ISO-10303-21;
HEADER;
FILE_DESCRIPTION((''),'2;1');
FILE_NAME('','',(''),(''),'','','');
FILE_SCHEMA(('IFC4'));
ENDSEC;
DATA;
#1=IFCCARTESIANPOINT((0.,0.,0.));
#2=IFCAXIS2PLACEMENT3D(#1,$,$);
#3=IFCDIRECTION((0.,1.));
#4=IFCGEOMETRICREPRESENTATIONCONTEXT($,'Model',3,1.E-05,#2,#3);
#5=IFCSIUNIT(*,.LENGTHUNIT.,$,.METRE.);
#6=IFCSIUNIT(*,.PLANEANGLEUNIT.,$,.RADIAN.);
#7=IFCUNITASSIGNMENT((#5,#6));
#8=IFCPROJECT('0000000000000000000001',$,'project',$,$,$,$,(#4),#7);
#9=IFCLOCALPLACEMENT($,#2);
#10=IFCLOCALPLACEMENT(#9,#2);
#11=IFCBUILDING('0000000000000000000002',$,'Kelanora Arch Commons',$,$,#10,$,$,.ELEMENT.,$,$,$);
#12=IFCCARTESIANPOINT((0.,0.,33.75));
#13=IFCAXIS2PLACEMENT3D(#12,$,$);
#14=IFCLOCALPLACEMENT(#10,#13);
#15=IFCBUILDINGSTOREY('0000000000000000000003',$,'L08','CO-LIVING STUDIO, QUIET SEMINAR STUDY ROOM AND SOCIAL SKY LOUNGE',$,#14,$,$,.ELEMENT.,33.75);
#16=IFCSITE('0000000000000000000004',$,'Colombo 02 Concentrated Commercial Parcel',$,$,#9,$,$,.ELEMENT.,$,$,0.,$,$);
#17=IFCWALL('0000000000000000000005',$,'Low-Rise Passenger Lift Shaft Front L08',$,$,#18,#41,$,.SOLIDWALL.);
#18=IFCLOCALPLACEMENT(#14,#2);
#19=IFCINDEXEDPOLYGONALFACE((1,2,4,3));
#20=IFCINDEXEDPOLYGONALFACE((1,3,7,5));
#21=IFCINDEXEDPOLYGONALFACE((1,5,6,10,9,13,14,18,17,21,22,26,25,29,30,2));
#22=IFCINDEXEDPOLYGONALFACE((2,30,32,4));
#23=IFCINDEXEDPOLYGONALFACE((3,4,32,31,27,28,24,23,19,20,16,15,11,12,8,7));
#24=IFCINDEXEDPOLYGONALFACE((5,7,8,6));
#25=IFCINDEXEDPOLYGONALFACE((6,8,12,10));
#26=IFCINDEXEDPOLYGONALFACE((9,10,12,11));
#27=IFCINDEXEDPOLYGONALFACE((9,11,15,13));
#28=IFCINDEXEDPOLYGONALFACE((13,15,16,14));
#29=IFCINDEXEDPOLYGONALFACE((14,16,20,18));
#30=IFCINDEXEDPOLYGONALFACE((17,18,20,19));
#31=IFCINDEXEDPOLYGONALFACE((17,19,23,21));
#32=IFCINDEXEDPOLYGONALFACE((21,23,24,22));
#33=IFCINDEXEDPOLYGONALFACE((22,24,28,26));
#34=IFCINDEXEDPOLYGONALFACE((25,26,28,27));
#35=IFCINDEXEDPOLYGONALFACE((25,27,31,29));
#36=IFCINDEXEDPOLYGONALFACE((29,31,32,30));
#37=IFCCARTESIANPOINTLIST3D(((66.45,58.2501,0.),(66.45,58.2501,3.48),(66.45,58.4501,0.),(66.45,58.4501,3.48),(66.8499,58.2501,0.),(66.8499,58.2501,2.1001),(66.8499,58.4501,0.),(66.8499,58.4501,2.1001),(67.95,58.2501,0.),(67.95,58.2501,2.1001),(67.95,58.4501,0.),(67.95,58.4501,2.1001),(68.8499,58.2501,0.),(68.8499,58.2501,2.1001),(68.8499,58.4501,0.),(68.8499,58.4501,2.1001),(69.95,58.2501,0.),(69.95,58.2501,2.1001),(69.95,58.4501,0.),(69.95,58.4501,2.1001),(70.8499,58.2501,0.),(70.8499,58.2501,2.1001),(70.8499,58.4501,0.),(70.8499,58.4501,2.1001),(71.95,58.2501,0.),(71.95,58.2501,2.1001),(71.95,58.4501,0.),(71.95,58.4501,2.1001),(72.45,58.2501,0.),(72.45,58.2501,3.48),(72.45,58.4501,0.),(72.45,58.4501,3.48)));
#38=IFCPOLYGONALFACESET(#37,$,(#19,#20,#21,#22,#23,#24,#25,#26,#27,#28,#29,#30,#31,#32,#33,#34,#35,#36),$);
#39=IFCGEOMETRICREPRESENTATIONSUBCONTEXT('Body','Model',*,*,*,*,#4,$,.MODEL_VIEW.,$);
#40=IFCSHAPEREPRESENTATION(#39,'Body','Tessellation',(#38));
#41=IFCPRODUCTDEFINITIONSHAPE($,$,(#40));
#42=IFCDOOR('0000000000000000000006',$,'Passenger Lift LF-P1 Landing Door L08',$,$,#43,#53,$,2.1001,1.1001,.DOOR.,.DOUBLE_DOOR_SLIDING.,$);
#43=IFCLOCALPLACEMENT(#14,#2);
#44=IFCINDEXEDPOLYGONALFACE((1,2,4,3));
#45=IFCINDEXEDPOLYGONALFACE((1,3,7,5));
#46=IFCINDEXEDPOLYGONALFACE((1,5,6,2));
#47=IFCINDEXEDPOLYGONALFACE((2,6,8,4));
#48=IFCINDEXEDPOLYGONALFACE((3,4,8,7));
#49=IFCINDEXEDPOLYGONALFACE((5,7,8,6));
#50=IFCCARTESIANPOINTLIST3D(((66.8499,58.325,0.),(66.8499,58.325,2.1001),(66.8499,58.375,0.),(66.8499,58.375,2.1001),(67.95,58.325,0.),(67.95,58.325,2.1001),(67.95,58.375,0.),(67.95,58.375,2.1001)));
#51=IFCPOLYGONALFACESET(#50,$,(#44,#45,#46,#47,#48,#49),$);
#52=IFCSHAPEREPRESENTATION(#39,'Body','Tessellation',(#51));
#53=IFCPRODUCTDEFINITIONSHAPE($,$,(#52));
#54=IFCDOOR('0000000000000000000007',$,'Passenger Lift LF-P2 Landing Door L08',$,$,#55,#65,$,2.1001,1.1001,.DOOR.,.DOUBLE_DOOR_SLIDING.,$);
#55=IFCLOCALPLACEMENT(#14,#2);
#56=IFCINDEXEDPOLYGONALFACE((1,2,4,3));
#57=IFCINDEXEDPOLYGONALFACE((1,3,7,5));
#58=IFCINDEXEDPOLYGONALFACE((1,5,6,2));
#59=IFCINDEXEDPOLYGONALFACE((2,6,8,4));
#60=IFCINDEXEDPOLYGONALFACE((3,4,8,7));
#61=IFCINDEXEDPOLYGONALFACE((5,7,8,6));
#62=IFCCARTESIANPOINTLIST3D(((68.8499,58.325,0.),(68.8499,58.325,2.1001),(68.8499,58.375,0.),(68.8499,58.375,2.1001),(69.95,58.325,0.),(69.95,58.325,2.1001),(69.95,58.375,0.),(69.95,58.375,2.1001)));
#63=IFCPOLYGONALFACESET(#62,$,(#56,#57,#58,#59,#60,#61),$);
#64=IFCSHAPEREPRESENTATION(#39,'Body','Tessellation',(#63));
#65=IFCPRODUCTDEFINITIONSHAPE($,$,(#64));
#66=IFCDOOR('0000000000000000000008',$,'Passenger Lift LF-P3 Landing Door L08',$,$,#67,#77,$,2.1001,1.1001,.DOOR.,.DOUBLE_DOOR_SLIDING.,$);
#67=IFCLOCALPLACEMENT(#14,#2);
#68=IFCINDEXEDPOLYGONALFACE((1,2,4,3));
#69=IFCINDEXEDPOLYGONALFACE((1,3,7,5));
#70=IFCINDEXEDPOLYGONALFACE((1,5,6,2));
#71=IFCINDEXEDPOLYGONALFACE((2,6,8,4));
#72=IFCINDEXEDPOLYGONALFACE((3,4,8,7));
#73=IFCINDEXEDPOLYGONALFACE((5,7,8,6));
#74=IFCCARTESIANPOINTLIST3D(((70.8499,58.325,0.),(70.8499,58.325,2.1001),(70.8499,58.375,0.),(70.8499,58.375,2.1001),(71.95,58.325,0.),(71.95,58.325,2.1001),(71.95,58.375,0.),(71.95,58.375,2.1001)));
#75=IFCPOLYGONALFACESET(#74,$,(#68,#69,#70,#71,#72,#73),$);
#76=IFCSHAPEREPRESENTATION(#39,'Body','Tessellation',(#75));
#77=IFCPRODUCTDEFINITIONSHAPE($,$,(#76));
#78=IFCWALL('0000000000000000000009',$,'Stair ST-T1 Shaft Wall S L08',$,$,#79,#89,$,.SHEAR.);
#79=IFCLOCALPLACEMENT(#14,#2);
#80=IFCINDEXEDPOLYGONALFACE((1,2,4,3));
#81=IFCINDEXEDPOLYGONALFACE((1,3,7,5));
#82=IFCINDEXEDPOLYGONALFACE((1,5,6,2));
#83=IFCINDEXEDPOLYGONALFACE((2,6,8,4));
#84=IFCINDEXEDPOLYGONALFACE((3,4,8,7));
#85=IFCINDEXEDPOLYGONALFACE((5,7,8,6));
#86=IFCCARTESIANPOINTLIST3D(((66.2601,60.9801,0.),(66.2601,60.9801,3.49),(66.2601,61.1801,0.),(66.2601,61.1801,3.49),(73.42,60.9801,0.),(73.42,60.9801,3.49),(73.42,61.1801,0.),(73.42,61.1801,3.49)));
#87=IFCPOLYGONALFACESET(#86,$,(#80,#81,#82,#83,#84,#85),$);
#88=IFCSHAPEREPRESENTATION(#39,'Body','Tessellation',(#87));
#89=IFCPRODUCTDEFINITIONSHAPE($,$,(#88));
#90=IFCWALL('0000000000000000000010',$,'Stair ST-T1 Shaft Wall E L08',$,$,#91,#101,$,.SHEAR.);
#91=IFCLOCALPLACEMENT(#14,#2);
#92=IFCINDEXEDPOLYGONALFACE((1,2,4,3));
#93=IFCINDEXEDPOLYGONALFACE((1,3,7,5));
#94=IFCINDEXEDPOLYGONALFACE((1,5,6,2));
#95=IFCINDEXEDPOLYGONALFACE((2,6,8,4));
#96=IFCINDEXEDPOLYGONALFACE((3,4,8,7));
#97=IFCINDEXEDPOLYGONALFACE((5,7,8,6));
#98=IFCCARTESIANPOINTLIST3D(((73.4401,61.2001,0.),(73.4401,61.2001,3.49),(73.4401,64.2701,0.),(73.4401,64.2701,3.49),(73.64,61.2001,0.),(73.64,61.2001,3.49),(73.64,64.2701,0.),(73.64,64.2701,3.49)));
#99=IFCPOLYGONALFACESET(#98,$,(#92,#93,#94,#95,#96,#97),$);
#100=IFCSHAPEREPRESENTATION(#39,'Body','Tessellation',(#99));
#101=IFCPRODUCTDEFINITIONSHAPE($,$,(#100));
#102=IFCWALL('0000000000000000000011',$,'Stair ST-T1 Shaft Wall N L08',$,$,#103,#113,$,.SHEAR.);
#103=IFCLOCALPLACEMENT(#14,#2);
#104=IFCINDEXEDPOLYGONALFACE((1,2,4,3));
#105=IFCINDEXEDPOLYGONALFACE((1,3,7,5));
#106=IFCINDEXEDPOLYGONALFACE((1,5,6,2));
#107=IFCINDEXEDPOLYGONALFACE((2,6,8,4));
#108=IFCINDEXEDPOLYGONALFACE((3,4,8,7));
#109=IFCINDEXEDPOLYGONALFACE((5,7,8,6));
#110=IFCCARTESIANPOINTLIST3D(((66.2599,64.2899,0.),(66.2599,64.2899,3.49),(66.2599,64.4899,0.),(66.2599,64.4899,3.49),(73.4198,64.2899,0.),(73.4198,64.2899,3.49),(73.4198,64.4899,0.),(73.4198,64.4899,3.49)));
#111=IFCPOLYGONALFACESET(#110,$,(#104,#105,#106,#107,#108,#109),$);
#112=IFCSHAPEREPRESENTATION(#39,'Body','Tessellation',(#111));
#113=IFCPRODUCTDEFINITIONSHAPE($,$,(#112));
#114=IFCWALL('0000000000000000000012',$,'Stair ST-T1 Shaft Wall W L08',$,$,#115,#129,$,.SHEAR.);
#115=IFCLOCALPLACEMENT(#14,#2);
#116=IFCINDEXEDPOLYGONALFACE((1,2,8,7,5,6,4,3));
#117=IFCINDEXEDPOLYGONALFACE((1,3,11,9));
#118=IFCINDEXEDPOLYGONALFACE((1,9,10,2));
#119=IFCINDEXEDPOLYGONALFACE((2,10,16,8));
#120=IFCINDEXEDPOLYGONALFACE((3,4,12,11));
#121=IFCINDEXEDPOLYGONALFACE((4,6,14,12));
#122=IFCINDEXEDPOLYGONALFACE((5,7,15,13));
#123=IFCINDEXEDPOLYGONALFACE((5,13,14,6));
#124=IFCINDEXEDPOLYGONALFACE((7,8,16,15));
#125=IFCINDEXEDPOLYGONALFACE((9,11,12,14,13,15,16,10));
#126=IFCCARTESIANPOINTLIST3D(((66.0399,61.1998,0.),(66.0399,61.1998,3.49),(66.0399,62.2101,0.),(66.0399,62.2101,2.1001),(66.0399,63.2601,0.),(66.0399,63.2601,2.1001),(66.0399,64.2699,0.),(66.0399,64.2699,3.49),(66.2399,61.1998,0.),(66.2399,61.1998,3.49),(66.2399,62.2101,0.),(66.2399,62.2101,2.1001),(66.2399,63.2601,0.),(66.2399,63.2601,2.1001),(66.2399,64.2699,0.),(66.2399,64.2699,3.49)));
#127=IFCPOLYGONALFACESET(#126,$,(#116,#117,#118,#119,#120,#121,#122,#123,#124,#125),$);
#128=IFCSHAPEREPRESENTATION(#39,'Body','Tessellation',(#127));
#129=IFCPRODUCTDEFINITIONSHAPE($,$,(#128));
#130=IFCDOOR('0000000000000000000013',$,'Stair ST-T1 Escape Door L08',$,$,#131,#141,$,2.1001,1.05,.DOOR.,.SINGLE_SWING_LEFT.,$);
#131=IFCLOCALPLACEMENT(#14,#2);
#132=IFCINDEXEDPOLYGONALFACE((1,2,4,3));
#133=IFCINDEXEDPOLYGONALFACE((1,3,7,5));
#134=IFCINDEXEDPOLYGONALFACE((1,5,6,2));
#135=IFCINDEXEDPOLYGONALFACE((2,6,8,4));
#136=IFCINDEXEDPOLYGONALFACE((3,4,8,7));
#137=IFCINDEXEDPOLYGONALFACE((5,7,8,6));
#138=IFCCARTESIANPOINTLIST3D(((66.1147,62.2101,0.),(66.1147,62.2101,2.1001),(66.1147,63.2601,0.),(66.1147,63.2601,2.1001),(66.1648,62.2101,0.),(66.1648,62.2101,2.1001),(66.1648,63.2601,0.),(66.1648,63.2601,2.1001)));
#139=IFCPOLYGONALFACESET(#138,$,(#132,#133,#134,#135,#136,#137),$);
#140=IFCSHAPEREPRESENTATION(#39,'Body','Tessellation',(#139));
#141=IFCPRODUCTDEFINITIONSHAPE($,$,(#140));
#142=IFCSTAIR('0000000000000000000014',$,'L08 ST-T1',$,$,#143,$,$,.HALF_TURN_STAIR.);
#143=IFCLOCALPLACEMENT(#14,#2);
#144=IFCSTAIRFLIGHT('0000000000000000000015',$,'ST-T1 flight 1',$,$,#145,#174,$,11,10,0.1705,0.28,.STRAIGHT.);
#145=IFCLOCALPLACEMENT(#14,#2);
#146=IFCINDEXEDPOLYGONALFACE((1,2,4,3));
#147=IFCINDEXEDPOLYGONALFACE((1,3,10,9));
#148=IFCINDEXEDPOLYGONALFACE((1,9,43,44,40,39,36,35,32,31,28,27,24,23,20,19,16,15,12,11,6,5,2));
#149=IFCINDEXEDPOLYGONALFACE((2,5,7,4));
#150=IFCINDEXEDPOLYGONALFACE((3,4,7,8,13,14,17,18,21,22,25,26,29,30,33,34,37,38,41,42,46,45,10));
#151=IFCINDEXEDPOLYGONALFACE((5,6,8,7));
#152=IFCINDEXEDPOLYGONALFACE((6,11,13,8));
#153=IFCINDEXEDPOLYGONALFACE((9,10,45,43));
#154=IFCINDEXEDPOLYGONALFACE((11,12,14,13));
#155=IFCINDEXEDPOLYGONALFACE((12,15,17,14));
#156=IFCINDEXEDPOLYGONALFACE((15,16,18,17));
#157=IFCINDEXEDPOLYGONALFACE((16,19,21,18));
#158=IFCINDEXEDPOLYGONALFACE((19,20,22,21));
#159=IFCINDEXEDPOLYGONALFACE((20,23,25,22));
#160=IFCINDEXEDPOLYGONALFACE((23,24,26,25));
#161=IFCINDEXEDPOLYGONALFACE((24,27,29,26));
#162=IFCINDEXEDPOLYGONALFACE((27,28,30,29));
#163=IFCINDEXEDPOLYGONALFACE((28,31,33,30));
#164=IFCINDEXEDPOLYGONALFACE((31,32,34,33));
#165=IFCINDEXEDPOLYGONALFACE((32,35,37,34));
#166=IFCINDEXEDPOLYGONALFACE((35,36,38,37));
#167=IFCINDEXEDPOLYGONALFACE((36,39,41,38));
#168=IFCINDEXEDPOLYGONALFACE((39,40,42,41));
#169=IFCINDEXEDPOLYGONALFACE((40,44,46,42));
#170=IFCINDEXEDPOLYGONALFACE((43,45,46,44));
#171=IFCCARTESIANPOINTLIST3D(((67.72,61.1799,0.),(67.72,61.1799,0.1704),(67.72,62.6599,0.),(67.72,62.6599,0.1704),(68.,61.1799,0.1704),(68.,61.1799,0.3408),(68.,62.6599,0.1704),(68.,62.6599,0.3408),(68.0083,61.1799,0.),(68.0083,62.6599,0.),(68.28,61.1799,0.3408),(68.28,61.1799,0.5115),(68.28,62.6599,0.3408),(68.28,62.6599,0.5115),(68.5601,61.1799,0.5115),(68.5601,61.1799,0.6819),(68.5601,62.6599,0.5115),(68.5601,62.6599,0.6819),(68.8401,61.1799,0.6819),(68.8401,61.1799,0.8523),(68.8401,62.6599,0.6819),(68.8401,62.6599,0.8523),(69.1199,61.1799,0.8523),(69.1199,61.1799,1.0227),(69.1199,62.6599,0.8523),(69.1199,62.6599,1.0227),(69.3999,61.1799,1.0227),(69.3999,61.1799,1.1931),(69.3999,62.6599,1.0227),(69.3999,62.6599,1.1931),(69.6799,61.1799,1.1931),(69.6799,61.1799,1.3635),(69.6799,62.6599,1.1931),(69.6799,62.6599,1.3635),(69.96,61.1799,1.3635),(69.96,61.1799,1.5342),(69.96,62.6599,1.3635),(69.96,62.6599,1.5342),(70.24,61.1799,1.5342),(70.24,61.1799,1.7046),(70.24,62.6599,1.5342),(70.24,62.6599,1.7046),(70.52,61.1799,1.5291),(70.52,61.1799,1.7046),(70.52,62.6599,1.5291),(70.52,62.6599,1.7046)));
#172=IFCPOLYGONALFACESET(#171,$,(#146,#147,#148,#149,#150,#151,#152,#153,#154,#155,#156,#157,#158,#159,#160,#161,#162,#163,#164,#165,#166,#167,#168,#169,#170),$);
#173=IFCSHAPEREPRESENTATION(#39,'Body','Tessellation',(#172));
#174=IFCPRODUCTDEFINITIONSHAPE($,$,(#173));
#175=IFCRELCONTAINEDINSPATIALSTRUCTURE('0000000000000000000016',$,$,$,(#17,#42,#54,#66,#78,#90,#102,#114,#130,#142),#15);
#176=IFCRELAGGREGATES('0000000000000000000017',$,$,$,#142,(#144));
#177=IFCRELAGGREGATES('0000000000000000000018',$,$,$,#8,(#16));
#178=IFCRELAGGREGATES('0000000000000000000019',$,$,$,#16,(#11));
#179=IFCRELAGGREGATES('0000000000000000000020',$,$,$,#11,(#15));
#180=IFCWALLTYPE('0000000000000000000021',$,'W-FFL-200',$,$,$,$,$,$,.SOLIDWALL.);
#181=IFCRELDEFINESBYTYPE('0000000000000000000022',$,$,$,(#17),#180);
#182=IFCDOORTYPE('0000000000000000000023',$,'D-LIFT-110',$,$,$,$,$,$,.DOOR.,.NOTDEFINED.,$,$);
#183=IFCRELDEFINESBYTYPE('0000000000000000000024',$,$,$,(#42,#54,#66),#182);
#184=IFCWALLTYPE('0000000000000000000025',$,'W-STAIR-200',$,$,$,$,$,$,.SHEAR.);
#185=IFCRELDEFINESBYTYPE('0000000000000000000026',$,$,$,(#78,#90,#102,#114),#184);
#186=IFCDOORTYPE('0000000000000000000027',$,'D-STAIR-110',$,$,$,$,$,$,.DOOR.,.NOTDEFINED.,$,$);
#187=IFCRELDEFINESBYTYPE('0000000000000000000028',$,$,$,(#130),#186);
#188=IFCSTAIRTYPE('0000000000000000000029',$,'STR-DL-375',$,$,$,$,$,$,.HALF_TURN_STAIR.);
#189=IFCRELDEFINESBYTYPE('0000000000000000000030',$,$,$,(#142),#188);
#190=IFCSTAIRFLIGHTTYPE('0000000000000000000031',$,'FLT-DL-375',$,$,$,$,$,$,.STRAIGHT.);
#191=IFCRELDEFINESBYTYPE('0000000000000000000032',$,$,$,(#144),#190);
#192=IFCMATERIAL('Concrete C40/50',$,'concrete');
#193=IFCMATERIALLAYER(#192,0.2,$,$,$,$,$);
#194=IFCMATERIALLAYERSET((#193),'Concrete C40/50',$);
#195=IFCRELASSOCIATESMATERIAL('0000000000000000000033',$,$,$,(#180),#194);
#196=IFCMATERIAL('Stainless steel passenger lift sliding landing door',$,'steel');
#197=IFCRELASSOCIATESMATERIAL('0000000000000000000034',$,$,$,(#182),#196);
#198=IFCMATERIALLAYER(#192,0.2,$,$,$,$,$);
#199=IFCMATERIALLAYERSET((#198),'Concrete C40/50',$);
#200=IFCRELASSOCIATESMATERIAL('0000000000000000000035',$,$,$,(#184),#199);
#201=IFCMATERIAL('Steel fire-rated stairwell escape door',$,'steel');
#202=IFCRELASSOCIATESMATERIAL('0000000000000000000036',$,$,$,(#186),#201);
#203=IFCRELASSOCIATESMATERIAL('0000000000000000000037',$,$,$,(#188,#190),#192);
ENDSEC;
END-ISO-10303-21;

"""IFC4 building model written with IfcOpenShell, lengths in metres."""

from ifc_helpers import new_model, si_unit, direction, frame, frame_2d, origin, place, context, subcontext, project, spatial, polyline, rectangle, outline, extrude, material, layer, layer_set, type_object, element, fill, aggregate, save


model = new_model("IFC4")

# Units and contexts
model_context = context("Model", 3, precision=1e-05, world=origin(), true_north=direction((0.0, 1.0)))
body_context = subcontext(model_context, "Body", "Model", "MODEL_VIEW")
ifc_project = project(units=[si_unit("LENGTHUNIT", "METRE"), si_unit("PLANEANGLEUNIT", "RADIAN")], contexts=[model_context])

# Site, building, storey
site_placement = place(None, origin())
site = spatial("IfcSite", under=ifc_project, at=site_placement, Name="Colombo 02 Concentrated Commercial Parcel", CompositionType="ELEMENT", RefElevation=0.0)
building_placement = place(site_placement, origin())
building = spatial("IfcBuilding", under=site, at=building_placement, Name="Kelanora Arch Commons", CompositionType="ELEMENT")
storey_placement = place(building_placement, frame((0.0, 0.0, 33.75)))
storey = spatial("IfcBuildingStorey", under=building, at=storey_placement, Name="L08", Description="CO-LIVING STUDIO, QUIET SEMINAR STUDY ROOM AND SOCIAL SKY LOUNGE", CompositionType="ELEMENT", Elevation=33.75)

# Wall, openings, doors
ifc_material_1 = material(Name="Concrete C40/50", Category="concrete")
ifc_layer_1 = layer(ifc_material_1, 0.2)
ifc_layer_set_1 = layer_set([ifc_layer_1], Name="Concrete C40/50")
wall_type_1 = type_object("IfcWallType", Name="W-FFL-200", PredefinedType="SOLIDWALL", material=ifc_layer_set_1)
wall_1_placement = place(storey_placement, frame((66.45, 58.3501, 0.0), z_axis=(0.0, 0.0, 1.0), x_axis=(1.0, 0.0, 0.0)))
wall_1 = element("IfcWall", 1, at=wall_1_placement, inside=storey, type_object=wall_type_1, Name="Low-Rise Passenger Lift Shaft Front L08", PredefinedType="SOLIDWALL", context=body_context, shape_type="SweptSolid", body=[
    extrude(rectangle(XDim=6.0, YDim=0.2, at=frame_2d((3.0, 0.0))), origin(), (0.0, 0.0, 1.0), 3.48),
])
opening_1_placement = place(wall_1_placement, frame((0.3999, 0.0, 0.0)))
opening_1 = element("IfcOpeningElement", 2, at=opening_1_placement, cuts=wall_1, PredefinedType="OPENING", context=body_context, shape_type="SweptSolid", body=[
    extrude(rectangle(XDim=1.1001, YDim=2.1001, at=frame_2d((0.55, 1.05))), frame((0.0, 0.1099, 0.0), z_axis=(0.0, -1.0, 0.0), x_axis=(1.0, 0.0, 0.0)), (0.0, 0.0, 1.0), 0.22),
])
opening_2_placement = place(wall_1_placement, frame((2.3999, 0.0, 0.0)))
opening_2 = element("IfcOpeningElement", 3, at=opening_2_placement, cuts=wall_1, PredefinedType="OPENING", context=body_context, shape_type="SweptSolid", body=[
    extrude(rectangle(XDim=1.1001, YDim=2.1001, at=frame_2d((0.55, 1.05))), frame((0.0, 0.1099, 0.0), z_axis=(0.0, -1.0, 0.0), x_axis=(1.0, 0.0, 0.0)), (0.0, 0.0, 1.0), 0.22),
])
opening_3_placement = place(wall_1_placement, frame((4.3999, 0.0, 0.0)))
opening_3 = element("IfcOpeningElement", 4, at=opening_3_placement, cuts=wall_1, PredefinedType="OPENING", context=body_context, shape_type="SweptSolid", body=[
    extrude(rectangle(XDim=1.1001, YDim=2.1001, at=frame_2d((0.55, 1.05))), frame((0.0, 0.1099, 0.0), z_axis=(0.0, -1.0, 0.0), x_axis=(1.0, 0.0, 0.0)), (0.0, 0.0, 1.0), 0.22),
])
ifc_material_2 = material(Name="Stainless steel passenger lift sliding landing door", Category="steel")
door_type_1 = type_object("IfcDoorType", Name="D-LIFT-110", OperationType="NOTDEFINED", PredefinedType="DOOR", material=ifc_material_2)
door_1_placement = place(opening_1_placement, origin())
door_1 = element("IfcDoor", 5, at=door_1_placement, inside=storey, type_object=door_type_1, Name="Passenger Lift LF-P1 Landing Door L08", OperationType="DOUBLE_DOOR_SLIDING", OverallHeight=2.1001, OverallWidth=1.1001, PredefinedType="DOOR", context=body_context, shape_type="SweptSolid", body=[
    extrude(rectangle(XDim=1.1001, YDim=2.1001, at=frame_2d((0.55, 1.05))), frame((0.0, 0.0249, 0.0), z_axis=(0.0, -1.0, 0.0), x_axis=(1.0, 0.0, 0.0)), (0.0, 0.0, 1.0), 0.05),
])
fill(opening_1, door_1)
door_2_placement = place(opening_2_placement, origin())
door_2 = element("IfcDoor", 6, at=door_2_placement, inside=storey, type_object=door_type_1, Name="Passenger Lift LF-P2 Landing Door L08", OperationType="DOUBLE_DOOR_SLIDING", OverallHeight=2.1001, OverallWidth=1.1001, PredefinedType="DOOR", context=body_context, shape_type="SweptSolid", body=[
    extrude(rectangle(XDim=1.1001, YDim=2.1001, at=frame_2d((0.55, 1.05))), frame((0.0, 0.0249, 0.0), z_axis=(0.0, -1.0, 0.0), x_axis=(1.0, 0.0, 0.0)), (0.0, 0.0, 1.0), 0.05),
])
fill(opening_2, door_2)
door_3_placement = place(opening_3_placement, origin())
door_3 = element("IfcDoor", 7, at=door_3_placement, inside=storey, type_object=door_type_1, Name="Passenger Lift LF-P3 Landing Door L08", OperationType="DOUBLE_DOOR_SLIDING", OverallHeight=2.1001, OverallWidth=1.1001, PredefinedType="DOOR", context=body_context, shape_type="SweptSolid", body=[
    extrude(rectangle(XDim=1.1001, YDim=2.1001, at=frame_2d((0.55, 1.05))), frame((0.0, 0.0249, 0.0), z_axis=(0.0, -1.0, 0.0), x_axis=(1.0, 0.0, 0.0)), (0.0, 0.0, 1.0), 0.05),
])
fill(opening_3, door_3)

# Walls
ifc_layer_2 = layer(ifc_material_1, 0.2)
ifc_layer_set_2 = layer_set([ifc_layer_2], Name="Concrete C40/50")
wall_type_2 = type_object("IfcWallType", Name="W-STAIR-200", PredefinedType="SHEAR", material=ifc_layer_set_2)
wall_2_placement = place(storey_placement, frame((66.26, 61.0801, 0.0), z_axis=(0.0, 0.0, 1.0), x_axis=(1.0, 0.0, 0.0)))
element("IfcWall", 8, at=wall_2_placement, inside=storey, type_object=wall_type_2, Name="Stair ST-T1 Shaft Wall S L08", PredefinedType="SHEAR", context=body_context, shape_type="SweptSolid", body=[
    extrude(rectangle(XDim=7.1599, YDim=0.2, at=frame_2d((3.5801, 0.0))), origin(), (0.0, 0.0, 1.0), 3.49),
])
wall_3_placement = place(storey_placement, frame((73.54, 61.2, 0.0), z_axis=(0.0, 0.0, 1.0), x_axis=(0.0, 1.0, 0.0)))
element("IfcWall", 9, at=wall_3_placement, inside=storey, type_object=wall_type_2, Name="Stair ST-T1 Shaft Wall E L08", PredefinedType="SHEAR", context=body_context, shape_type="SweptSolid", body=[
    extrude(rectangle(XDim=3.0701, YDim=0.2, at=frame_2d((1.5352, 0.0))), origin(), (0.0, 0.0, 1.0), 3.49),
])
wall_4_placement = place(storey_placement, frame((73.4199, 64.3899, 0.0), z_axis=(0.0, 0.0, 1.0), x_axis=(-1.0, 0.0, 0.0)))
element("IfcWall", 10, at=wall_4_placement, inside=storey, type_object=wall_type_2, Name="Stair ST-T1 Shaft Wall N L08", PredefinedType="SHEAR", context=body_context, shape_type="SweptSolid", body=[
    extrude(rectangle(XDim=7.1599, YDim=0.2, at=frame_2d((3.5801, 0.0))), origin(), (0.0, 0.0, 1.0), 3.49),
])

# Wall, opening, door
wall_5_placement = place(storey_placement, frame((66.1399, 64.27, 0.0), z_axis=(0.0, 0.0, 1.0), x_axis=(0.0, -1.0, 0.0)))
wall_5 = element("IfcWall", 11, at=wall_5_placement, inside=storey, type_object=wall_type_2, Name="Stair ST-T1 Shaft Wall W L08", PredefinedType="SHEAR", context=body_context, shape_type="SweptSolid", body=[
    extrude(rectangle(XDim=3.0701, YDim=0.2, at=frame_2d((1.5352, 0.0))), origin(), (0.0, 0.0, 1.0), 3.49),
])
opening_4_placement = place(wall_5_placement, frame((1.01, 0.0, 0.0)))
opening_4 = element("IfcOpeningElement", 12, at=opening_4_placement, cuts=wall_5, PredefinedType="OPENING", context=body_context, shape_type="SweptSolid", body=[
    extrude(rectangle(XDim=1.05, YDim=2.1001, at=frame_2d((0.5249, 1.05))), frame((0.0, 0.1099, 0.0), z_axis=(0.0, -1.0, 0.0), x_axis=(1.0, 0.0, 0.0)), (0.0, 0.0, 1.0), 0.22),
])
ifc_material_3 = material(Name="Steel fire-rated stairwell escape door", Category="steel")
door_type_2 = type_object("IfcDoorType", Name="D-STAIR-110", OperationType="NOTDEFINED", PredefinedType="DOOR", material=ifc_material_3)
door_4_placement = place(opening_4_placement, origin())
door_4 = element("IfcDoor", 13, at=door_4_placement, inside=storey, type_object=door_type_2, Name="Stair ST-T1 Escape Door L08", OperationType="SINGLE_SWING_LEFT", OverallHeight=2.1001, OverallWidth=1.05, PredefinedType="DOOR", context=body_context, shape_type="SweptSolid", body=[
    extrude(rectangle(XDim=1.05, YDim=2.1001, at=frame_2d((0.5249, 1.05))), frame((0.0, 0.0249, 0.0), z_axis=(0.0, -1.0, 0.0), x_axis=(1.0, 0.0, 0.0)), (0.0, 0.0, 1.0), 0.05),
])
fill(opening_4, door_4)

# Stair, stair flight
stair_type = type_object("IfcStairType", Name="STR-DL-375", PredefinedType="HALF_TURN_STAIR", material=ifc_material_1)
stair_placement = place(storey_placement, origin())
stair = element("IfcStair", 14, at=stair_placement, inside=storey, type_object=stair_type, Name="L08 ST-T1", PredefinedType="HALF_TURN_STAIR")
stair_flight_type = type_object("IfcStairFlightType", Name="FLT-DL-375", PredefinedType="STRAIGHT", material=ifc_material_1)
stair_flight_1_placement = place(storey_placement, frame((67.72, 61.9199, 0.0), z_axis=(0.0, 0.0, 1.0), x_axis=(1.0, 0.0, 0.0)))
stair_flight_1 = element("IfcStairFlight", 15, at=stair_flight_1_placement, type_object=stair_flight_type, Name="ST-T1 flight 1", NumberOfRisers=11, NumberOfTreads=10, PredefinedType="STRAIGHT", RiserHeight=0.1705, TreadLength=0.28, context=body_context, shape_type="SweptSolid", body=[
    extrude(outline(polyline([(0.0, 0.0), (0.0, 0.1704), (0.28, 0.1704), (0.28, 0.3408), (0.5601, 0.3408), (0.5601, 0.5115), (0.8401, 0.5115), (0.8401, 0.6819), (1.1201, 0.6819), (1.1201, 0.8523), (1.3999, 0.8523), (1.3999, 1.0227), (1.6799, 1.0227), (1.6799, 1.1931), (1.96, 1.1931), (1.96, 1.3635), (2.24, 1.3635), (2.24, 1.5342), (2.52, 1.5342), (2.52, 1.7046), (2.8, 1.7046), (2.8, 1.875), (2.8, 1.5291), (0.2883, 0.0), (0.0, 0.0)])), frame((0.0, 0.74, 0.0), z_axis=(0.0, -1.0, 0.0), x_axis=(1.0, 0.0, 0.0)), (0.0, 0.0, 1.0), 1.48),
])
aggregate(stair, [stair_flight_1])

save(model, "model.ifc")
